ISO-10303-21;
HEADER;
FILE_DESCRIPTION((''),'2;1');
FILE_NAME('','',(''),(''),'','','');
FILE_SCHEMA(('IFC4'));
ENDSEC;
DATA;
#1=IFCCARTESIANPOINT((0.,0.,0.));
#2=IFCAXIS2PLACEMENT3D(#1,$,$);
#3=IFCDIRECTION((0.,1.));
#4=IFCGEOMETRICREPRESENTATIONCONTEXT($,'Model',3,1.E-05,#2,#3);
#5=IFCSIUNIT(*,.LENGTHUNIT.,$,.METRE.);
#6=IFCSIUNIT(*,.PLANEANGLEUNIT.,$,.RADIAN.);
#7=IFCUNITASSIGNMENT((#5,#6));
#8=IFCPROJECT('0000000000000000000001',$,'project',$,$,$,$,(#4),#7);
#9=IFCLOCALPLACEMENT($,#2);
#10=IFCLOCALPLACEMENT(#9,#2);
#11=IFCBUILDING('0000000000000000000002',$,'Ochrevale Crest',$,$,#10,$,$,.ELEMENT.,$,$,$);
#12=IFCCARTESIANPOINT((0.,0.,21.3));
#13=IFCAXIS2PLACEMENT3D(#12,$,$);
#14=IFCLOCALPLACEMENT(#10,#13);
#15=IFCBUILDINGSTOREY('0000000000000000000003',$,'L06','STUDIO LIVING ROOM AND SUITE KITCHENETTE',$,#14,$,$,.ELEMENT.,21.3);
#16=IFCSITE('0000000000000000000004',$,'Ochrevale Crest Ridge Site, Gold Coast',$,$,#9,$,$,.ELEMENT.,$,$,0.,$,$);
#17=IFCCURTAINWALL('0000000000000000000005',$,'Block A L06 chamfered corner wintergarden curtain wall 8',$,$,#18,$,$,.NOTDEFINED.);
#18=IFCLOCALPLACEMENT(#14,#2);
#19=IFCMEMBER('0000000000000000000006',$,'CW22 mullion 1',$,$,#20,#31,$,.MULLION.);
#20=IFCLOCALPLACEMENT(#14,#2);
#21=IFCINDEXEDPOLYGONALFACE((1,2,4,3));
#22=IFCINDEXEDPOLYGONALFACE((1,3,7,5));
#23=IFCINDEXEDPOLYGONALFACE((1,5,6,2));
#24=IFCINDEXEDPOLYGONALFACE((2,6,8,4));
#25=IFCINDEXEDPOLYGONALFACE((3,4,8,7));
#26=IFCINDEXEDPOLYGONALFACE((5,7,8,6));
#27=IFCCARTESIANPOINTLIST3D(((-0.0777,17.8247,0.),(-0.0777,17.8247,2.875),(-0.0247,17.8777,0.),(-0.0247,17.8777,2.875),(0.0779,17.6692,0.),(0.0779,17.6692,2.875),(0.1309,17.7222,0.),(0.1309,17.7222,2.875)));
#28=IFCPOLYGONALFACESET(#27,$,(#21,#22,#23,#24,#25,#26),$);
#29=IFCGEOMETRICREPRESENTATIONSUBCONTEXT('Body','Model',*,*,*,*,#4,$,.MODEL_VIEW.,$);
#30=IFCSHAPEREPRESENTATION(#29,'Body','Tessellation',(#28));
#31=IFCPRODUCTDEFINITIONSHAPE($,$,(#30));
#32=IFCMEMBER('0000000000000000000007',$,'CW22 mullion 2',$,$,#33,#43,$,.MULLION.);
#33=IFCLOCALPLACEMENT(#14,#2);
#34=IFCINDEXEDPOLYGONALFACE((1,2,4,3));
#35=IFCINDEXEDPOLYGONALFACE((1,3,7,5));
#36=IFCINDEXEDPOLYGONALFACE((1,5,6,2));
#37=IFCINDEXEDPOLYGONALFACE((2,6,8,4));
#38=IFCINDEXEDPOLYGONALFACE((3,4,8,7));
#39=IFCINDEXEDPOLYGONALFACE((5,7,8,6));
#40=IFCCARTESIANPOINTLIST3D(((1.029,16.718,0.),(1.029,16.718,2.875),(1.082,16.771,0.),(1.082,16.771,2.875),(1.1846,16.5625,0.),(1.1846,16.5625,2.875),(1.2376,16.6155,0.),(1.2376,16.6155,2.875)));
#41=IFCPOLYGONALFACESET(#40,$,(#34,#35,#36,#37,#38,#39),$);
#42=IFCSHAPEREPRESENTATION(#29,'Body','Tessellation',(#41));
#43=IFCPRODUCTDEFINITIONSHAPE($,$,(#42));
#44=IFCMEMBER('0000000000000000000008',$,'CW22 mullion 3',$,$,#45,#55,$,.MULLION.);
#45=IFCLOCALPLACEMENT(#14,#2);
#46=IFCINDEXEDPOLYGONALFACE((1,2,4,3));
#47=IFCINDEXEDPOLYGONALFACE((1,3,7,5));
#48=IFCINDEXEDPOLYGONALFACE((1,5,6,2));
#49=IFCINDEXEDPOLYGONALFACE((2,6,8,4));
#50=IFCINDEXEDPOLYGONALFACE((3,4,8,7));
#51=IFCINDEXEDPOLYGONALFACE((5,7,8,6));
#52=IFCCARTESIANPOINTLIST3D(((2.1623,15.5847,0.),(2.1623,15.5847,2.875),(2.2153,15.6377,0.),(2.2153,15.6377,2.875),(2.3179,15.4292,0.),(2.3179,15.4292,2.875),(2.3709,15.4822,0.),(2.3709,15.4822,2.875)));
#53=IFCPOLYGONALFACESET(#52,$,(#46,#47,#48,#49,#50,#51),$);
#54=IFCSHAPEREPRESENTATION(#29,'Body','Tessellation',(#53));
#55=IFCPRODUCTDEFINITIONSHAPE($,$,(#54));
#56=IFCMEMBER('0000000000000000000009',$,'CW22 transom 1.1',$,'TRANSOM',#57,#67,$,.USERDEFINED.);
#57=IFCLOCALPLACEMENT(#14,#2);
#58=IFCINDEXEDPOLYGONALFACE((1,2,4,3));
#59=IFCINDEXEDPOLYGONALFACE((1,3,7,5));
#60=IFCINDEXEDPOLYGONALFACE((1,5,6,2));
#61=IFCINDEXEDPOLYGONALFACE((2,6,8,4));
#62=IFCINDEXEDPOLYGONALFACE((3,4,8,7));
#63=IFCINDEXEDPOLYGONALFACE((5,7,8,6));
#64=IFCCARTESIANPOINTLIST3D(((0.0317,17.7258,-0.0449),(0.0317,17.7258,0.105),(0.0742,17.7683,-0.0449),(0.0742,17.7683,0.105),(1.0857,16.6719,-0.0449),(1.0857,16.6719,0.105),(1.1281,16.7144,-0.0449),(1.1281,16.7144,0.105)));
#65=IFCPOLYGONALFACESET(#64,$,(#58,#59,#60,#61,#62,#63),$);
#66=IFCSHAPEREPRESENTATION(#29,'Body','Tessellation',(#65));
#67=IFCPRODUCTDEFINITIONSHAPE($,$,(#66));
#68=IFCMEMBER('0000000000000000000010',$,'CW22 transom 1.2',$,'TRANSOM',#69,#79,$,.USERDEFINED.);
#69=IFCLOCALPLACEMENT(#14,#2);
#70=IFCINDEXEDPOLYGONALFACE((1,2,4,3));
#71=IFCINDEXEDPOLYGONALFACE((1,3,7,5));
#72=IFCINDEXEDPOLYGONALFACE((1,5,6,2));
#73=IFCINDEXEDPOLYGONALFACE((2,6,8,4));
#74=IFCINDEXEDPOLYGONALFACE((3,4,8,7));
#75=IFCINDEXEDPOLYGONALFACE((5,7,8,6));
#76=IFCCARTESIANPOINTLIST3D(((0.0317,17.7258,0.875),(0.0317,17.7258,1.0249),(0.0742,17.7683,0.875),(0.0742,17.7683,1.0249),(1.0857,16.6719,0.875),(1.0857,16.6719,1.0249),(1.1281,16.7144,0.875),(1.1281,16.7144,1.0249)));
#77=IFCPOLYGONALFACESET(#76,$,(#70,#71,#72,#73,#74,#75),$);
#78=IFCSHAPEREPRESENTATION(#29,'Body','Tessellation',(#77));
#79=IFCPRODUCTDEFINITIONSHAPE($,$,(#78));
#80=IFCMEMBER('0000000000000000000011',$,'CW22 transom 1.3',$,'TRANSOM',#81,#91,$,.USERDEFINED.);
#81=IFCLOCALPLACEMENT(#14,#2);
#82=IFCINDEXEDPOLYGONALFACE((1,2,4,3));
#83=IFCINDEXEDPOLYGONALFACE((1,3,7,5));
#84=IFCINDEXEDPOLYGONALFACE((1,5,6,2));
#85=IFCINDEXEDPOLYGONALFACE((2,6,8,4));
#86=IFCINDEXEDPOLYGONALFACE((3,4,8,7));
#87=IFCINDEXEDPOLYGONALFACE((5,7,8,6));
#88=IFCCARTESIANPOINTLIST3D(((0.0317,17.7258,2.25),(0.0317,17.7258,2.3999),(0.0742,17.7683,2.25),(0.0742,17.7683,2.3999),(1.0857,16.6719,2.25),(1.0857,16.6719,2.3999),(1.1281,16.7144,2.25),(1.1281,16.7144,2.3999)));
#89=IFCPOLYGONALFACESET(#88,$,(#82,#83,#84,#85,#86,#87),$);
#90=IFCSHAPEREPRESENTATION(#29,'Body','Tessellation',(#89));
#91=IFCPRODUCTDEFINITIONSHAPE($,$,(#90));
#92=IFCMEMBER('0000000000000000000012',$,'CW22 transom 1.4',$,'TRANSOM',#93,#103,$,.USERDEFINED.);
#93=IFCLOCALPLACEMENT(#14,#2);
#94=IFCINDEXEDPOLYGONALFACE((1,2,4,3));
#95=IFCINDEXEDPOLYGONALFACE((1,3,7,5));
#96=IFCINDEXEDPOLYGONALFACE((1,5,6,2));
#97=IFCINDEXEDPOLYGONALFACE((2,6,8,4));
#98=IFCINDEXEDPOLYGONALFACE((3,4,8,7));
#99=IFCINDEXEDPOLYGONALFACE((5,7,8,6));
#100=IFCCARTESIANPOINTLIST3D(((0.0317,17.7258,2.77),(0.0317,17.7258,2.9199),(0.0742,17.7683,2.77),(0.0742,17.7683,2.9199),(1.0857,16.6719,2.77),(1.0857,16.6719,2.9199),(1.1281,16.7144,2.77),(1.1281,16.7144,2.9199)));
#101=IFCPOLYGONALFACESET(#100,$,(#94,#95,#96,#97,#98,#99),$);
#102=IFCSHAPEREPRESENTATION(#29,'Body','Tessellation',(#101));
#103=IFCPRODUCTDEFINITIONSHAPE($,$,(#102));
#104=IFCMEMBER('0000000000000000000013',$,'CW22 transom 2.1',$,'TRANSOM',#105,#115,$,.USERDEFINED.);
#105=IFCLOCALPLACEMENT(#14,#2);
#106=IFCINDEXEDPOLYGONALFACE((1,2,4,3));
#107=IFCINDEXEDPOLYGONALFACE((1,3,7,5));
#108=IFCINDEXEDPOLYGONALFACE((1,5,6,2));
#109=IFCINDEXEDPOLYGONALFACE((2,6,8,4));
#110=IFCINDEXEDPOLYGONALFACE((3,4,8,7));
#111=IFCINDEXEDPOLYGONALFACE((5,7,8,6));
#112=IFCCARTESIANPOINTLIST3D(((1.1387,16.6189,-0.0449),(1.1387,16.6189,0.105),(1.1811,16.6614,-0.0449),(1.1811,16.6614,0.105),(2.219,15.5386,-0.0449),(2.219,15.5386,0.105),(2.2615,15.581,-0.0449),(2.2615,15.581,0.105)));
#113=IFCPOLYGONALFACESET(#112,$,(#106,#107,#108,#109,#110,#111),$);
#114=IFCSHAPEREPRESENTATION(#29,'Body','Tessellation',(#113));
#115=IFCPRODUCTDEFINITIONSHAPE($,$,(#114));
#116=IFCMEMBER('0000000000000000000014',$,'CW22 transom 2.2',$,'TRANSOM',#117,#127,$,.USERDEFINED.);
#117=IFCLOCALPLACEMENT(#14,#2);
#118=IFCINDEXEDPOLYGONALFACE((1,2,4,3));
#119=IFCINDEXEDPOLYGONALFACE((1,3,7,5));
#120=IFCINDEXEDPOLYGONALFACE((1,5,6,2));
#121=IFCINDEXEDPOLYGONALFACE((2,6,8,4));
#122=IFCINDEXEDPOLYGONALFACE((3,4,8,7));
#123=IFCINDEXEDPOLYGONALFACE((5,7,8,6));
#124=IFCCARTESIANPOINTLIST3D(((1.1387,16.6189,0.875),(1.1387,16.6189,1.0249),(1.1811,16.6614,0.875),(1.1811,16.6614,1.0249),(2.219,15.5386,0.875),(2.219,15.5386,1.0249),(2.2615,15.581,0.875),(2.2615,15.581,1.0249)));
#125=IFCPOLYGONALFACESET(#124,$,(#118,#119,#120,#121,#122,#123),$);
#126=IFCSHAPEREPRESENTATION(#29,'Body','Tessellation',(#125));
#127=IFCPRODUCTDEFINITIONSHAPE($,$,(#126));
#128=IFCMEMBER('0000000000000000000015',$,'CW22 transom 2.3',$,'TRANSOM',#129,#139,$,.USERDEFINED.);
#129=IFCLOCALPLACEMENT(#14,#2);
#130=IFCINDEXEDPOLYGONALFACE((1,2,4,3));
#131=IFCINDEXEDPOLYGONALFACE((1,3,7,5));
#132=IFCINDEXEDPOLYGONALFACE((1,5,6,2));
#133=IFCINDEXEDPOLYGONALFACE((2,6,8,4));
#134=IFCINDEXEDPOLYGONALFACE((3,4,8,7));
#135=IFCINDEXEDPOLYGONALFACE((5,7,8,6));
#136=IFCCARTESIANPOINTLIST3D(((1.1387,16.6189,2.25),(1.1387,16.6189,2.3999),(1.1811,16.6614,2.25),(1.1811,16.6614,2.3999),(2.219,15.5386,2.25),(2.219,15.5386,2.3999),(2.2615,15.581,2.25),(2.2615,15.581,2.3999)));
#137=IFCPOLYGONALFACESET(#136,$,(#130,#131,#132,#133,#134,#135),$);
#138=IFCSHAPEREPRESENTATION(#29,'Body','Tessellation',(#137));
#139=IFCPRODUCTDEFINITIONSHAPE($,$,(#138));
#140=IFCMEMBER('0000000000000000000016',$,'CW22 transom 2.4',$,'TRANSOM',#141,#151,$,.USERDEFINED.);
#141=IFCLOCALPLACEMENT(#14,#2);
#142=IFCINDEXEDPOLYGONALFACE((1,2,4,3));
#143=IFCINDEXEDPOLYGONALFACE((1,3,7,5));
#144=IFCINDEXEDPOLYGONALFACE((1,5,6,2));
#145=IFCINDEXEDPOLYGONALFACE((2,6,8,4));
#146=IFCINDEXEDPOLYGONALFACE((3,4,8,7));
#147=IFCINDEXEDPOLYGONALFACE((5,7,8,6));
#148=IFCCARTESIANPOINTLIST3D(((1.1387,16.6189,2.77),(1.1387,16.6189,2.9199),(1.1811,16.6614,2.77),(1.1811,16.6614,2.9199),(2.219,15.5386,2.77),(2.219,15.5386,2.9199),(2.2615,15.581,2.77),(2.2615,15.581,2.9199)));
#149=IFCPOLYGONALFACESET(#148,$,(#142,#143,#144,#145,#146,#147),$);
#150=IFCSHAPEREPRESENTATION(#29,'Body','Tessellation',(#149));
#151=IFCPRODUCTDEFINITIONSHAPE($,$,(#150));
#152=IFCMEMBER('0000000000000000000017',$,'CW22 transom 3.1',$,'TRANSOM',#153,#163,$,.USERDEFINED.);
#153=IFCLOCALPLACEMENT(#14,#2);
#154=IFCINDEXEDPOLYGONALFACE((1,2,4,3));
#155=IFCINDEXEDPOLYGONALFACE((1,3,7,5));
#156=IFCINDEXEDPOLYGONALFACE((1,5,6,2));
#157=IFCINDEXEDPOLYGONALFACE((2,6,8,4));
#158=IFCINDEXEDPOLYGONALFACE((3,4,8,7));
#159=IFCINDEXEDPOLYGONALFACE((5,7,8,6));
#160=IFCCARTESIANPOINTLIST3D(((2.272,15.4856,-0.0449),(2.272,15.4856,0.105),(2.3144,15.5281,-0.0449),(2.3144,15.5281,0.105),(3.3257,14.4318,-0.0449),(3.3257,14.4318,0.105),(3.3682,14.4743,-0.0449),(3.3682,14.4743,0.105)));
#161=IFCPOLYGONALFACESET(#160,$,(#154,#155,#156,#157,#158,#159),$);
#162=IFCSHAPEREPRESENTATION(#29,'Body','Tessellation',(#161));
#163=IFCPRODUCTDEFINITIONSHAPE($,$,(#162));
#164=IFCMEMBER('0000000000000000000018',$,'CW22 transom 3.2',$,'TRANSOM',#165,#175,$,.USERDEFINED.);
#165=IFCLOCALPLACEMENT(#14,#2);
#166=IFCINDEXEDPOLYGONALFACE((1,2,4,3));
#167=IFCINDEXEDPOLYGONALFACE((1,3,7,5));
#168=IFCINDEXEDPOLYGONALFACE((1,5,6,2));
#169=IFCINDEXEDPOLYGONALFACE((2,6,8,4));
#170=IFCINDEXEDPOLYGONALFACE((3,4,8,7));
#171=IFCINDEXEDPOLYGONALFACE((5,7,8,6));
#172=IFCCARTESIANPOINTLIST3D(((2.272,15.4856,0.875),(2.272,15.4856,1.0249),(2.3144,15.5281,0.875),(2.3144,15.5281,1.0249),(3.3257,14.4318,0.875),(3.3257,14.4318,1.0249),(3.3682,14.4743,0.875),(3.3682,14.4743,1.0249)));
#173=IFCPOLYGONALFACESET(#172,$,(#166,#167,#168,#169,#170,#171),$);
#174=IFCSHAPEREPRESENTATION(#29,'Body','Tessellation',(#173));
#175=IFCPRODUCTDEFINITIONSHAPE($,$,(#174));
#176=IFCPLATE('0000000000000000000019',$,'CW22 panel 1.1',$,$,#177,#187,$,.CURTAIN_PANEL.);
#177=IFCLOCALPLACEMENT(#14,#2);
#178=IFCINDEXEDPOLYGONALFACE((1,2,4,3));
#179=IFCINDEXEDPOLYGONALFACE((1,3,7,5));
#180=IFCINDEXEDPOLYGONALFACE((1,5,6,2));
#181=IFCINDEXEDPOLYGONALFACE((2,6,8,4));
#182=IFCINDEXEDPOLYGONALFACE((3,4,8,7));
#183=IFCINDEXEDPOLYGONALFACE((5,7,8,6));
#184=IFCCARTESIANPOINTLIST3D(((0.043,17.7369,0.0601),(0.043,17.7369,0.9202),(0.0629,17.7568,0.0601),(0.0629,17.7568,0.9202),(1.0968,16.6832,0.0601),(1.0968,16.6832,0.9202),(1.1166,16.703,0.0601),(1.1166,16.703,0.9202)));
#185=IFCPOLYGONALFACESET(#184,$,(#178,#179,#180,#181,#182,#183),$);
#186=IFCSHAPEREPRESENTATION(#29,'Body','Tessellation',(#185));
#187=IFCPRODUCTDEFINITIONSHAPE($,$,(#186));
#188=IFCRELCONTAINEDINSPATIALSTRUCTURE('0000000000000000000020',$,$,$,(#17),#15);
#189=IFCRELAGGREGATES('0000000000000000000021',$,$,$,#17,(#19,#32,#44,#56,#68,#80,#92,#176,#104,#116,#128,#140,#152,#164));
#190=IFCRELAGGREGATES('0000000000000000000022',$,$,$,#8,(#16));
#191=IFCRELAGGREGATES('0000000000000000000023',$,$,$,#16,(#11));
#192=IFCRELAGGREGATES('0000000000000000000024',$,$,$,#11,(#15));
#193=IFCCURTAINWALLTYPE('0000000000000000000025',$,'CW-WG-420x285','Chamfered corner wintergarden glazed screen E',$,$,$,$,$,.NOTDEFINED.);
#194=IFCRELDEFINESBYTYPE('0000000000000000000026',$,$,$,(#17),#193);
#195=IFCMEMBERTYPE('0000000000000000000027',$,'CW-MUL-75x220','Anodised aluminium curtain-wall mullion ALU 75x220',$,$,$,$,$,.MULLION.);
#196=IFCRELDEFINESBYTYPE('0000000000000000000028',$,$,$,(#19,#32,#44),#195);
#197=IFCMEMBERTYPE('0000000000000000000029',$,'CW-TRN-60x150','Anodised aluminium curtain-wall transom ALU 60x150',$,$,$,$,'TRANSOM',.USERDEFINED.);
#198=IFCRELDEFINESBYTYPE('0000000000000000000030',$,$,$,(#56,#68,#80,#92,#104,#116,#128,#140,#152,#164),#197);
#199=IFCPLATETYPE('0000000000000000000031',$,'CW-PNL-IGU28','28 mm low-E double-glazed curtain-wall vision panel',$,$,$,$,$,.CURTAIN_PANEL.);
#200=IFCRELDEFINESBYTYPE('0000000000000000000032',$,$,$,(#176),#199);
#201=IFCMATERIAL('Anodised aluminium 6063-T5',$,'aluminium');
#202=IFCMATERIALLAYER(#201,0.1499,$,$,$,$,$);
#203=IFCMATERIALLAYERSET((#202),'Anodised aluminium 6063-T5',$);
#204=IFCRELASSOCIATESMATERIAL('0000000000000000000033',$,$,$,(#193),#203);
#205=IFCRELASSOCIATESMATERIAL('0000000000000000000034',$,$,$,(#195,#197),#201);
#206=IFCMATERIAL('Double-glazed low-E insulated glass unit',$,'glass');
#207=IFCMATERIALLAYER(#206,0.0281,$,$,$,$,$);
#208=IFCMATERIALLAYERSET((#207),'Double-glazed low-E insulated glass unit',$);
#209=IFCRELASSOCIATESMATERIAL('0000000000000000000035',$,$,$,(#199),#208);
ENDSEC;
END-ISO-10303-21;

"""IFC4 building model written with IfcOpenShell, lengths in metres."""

from ifc_helpers import new_model, si_unit, direction, frame, origin, origin_2d, place, context, subcontext, project, spatial, rectangle, extrude, material, layer, layer_set, material_profile, profile_set, type_object, element, aggregate, save


model = new_model("IFC4")

# Units and contexts
model_context = context("Model", 3, precision=1e-05, world=origin(), true_north=direction((0.0, 1.0)))
body_context = subcontext(model_context, "Body", "Model", "MODEL_VIEW")
ifc_project = project(units=[si_unit("LENGTHUNIT", "METRE"), si_unit("PLANEANGLEUNIT", "RADIAN")], contexts=[model_context])

# Site, building, storey
site_placement = place(None, origin())
site = spatial("IfcSite", under=ifc_project, at=site_placement, Name="Ochrevale Crest Ridge Site, Gold Coast", CompositionType="ELEMENT", RefElevation=0.0)
building_placement = place(site_placement, origin())
building = spatial("IfcBuilding", under=site, at=building_placement, Name="Ochrevale Crest", CompositionType="ELEMENT")
storey_placement = place(building_placement, frame((0.0, 0.0, 21.3)))
storey = spatial("IfcBuildingStorey", under=building, at=storey_placement, Name="L06", Description="STUDIO LIVING ROOM AND SUITE KITCHENETTE", CompositionType="ELEMENT", Elevation=21.3)

# Curtain wall, members, plate
ifc_material_1 = material(Name="Anodised aluminium 6063-T5", Category="aluminium")
ifc_layer_1 = layer(ifc_material_1, 0.1499)
ifc_layer_set_1 = layer_set([ifc_layer_1], Name="Anodised aluminium 6063-T5")
curtain_wall_type = type_object("IfcCurtainWallType", Name="CW-WG-420x285", Description="Chamfered corner wintergarden glazed screen E", PredefinedType="NOTDEFINED", material=ifc_layer_set_1)
curtain_wall_placement = place(storey_placement, origin())
curtain_wall = element("IfcCurtainWall", 1, at=curtain_wall_placement, inside=storey, type_object=curtain_wall_type, Name="Block A L06 chamfered corner wintergarden curtain wall 8", PredefinedType="NOTDEFINED")
ifc_material_profile_1 = material_profile(ifc_material_1, rectangle(XDim=0.075, YDim=0.22, at=origin_2d()), Name="ALU 75x220")
ifc_profile_set_1 = profile_set([ifc_material_profile_1], Name="Anodised aluminium 6063-T5")
member_type_1 = type_object("IfcMemberType", Name="CW-MUL-75x220", Description="Anodised aluminium curtain-wall mullion ALU 75x220", PredefinedType="MULLION", material=ifc_profile_set_1)
member_1_placement = place(storey_placement, frame((0.0266, 17.7734, 0.0), z_axis=(0.0, 0.0, 1.0), x_axis=(0.707107, 0.707107, 0.0)))
member_1 = element("IfcMember", 2, at=member_1_placement, type_object=member_type_1, Name="CW22 mullion 1", PredefinedType="MULLION", context=body_context, shape_type="SweptSolid", body=[
    extrude(rectangle(XDim=0.075, YDim=0.22, at=origin_2d()), origin(), (0.0, 0.0, 1.0), 2.875),
])
member_2_placement = place(storey_placement, frame((1.1333, 16.6667, 0.0), z_axis=(0.0, 0.0, 1.0), x_axis=(0.707107, 0.707107, 0.0)))
member_2 = element("IfcMember", 3, at=member_2_placement, type_object=member_type_1, Name="CW22 mullion 2", PredefinedType="MULLION", context=body_context, shape_type="SweptSolid", body=[
    extrude(rectangle(XDim=0.075, YDim=0.22, at=origin_2d()), origin(), (0.0, 0.0, 1.0), 2.875),
])
member_3_placement = place(storey_placement, frame((2.2666, 15.5334, 0.0), z_axis=(0.0, 0.0, 1.0), x_axis=(0.707107, 0.707107, 0.0)))
member_3 = element("IfcMember", 4, at=member_3_placement, type_object=member_type_1, Name="CW22 mullion 3", PredefinedType="MULLION", context=body_context, shape_type="SweptSolid", body=[
    extrude(rectangle(XDim=0.075, YDim=0.22, at=origin_2d()), origin(), (0.0, 0.0, 1.0), 2.875),
])
ifc_material_profile_2 = material_profile(ifc_material_1, rectangle(XDim=0.0601, YDim=0.1499, at=origin_2d()), Name="ALU 60x150")
ifc_profile_set_2 = profile_set([ifc_material_profile_2], Name="Anodised aluminium 6063-T5")
member_type_2 = type_object("IfcMemberType", Name="CW-TRN-60x150", Description="Anodised aluminium curtain-wall transom ALU 60x150", ElementType="TRANSOM", PredefinedType="USERDEFINED", material=ifc_profile_set_2)
member_4_placement = place(storey_placement, frame((0.053, 17.7471, 0.03), z_axis=(0.707107, -0.707107, 0.0), x_axis=(0.707107, 0.707107, 0.0)))
member_4 = element("IfcMember", 5, at=member_4_placement, type_object=member_type_2, Name="CW22 transom 1.1", ObjectType="TRANSOM", PredefinedType="USERDEFINED", context=body_context, shape_type="SweptSolid", body=[
    extrude(rectangle(XDim=0.0601, YDim=0.1499, at=origin_2d()), origin(), (0.0, 0.0, 1.0), 1.4905),
])
member_5_placement = place(storey_placement, frame((0.053, 17.7471, 0.95), z_axis=(0.707107, -0.707107, 0.0), x_axis=(0.707107, 0.707107, 0.0)))
member_5 = element("IfcMember", 6, at=member_5_placement, type_object=member_type_2, Name="CW22 transom 1.2", ObjectType="TRANSOM", PredefinedType="USERDEFINED", context=body_context, shape_type="SweptSolid", body=[
    extrude(rectangle(XDim=0.0601, YDim=0.1499, at=origin_2d()), origin(), (0.0, 0.0, 1.0), 1.4905),
])
member_6_placement = place(storey_placement, frame((0.053, 17.7471, 2.325), z_axis=(0.707107, -0.707107, 0.0), x_axis=(0.707107, 0.707107, 0.0)))
member_6 = element("IfcMember", 7, at=member_6_placement, type_object=member_type_2, Name="CW22 transom 1.3", ObjectType="TRANSOM", PredefinedType="USERDEFINED", context=body_context, shape_type="SweptSolid", body=[
    extrude(rectangle(XDim=0.0601, YDim=0.1499, at=origin_2d()), origin(), (0.0, 0.0, 1.0), 1.4905),
])
member_7_placement = place(storey_placement, frame((0.053, 17.7471, 2.845), z_axis=(0.707107, -0.707107, 0.0), x_axis=(0.707107, 0.707107, 0.0)))
member_7 = element("IfcMember", 8, at=member_7_placement, type_object=member_type_2, Name="CW22 transom 1.4", ObjectType="TRANSOM", PredefinedType="USERDEFINED", context=body_context, shape_type="SweptSolid", body=[
    extrude(rectangle(XDim=0.0601, YDim=0.1499, at=origin_2d()), origin(), (0.0, 0.0, 1.0), 1.4905),
])
member_8_placement = place(storey_placement, frame((1.1599, 16.6401, 0.03), z_axis=(0.707107, -0.707107, 0.0), x_axis=(0.707107, 0.707107, 0.0)))
member_8 = element("IfcMember", 9, at=member_8_placement, type_object=member_type_2, Name="CW22 transom 2.1", ObjectType="TRANSOM", PredefinedType="USERDEFINED", context=body_context, shape_type="SweptSolid", body=[
    extrude(rectangle(XDim=0.0601, YDim=0.1499, at=origin_2d()), origin(), (0.0, 0.0, 1.0), 1.5278),
])
member_9_placement = place(storey_placement, frame((1.1599, 16.6401, 0.95), z_axis=(0.707107, -0.707107, 0.0), x_axis=(0.707107, 0.707107, 0.0)))
member_9 = element("IfcMember", 10, at=member_9_placement, type_object=member_type_2, Name="CW22 transom 2.2", ObjectType="TRANSOM", PredefinedType="USERDEFINED", context=body_context, shape_type="SweptSolid", body=[
    extrude(rectangle(XDim=0.0601, YDim=0.1499, at=origin_2d()), origin(), (0.0, 0.0, 1.0), 1.5278),
])
member_10_placement = place(storey_placement, frame((1.1599, 16.6401, 2.325), z_axis=(0.707107, -0.707107, 0.0), x_axis=(0.707107, 0.707107, 0.0)))
member_10 = element("IfcMember", 11, at=member_10_placement, type_object=member_type_2, Name="CW22 transom 2.3", ObjectType="TRANSOM", PredefinedType="USERDEFINED", context=body_context, shape_type="SweptSolid", body=[
    extrude(rectangle(XDim=0.0601, YDim=0.1499, at=origin_2d()), origin(), (0.0, 0.0, 1.0), 1.5278),
])
member_11_placement = place(storey_placement, frame((1.1599, 16.6401, 2.845), z_axis=(0.707107, -0.707107, 0.0), x_axis=(0.707107, 0.707107, 0.0)))
member_11 = element("IfcMember", 12, at=member_11_placement, type_object=member_type_2, Name="CW22 transom 2.4", ObjectType="TRANSOM", PredefinedType="USERDEFINED", context=body_context, shape_type="SweptSolid", body=[
    extrude(rectangle(XDim=0.0601, YDim=0.1499, at=origin_2d()), origin(), (0.0, 0.0, 1.0), 1.5278),
])
member_12_placement = place(storey_placement, frame((2.2932, 15.5068, 0.03), z_axis=(0.707107, -0.707107, 0.0), x_axis=(0.707107, 0.707107, 0.0)))
member_12 = element("IfcMember", 13, at=member_12_placement, type_object=member_type_2, Name="CW22 transom 3.1", ObjectType="TRANSOM", PredefinedType="USERDEFINED", context=body_context, shape_type="SweptSolid", body=[
    extrude(rectangle(XDim=0.0601, YDim=0.1499, at=origin_2d()), origin(), (0.0, 0.0, 1.0), 1.4902),
])
member_13_placement = place(storey_placement, frame((2.2932, 15.5068, 0.95), z_axis=(0.707107, -0.707107, 0.0), x_axis=(0.707107, 0.707107, 0.0)))
member_13 = element("IfcMember", 14, at=member_13_placement, type_object=member_type_2, Name="CW22 transom 3.2", ObjectType="TRANSOM", PredefinedType="USERDEFINED", context=body_context, shape_type="SweptSolid", body=[
    extrude(rectangle(XDim=0.0601, YDim=0.1499, at=origin_2d()), origin(), (0.0, 0.0, 1.0), 1.4902),
])
ifc_material_2 = material(Name="Double-glazed low-E insulated glass unit", Category="glass")
ifc_layer_2 = layer(ifc_material_2, 0.0281)
ifc_layer_set_2 = layer_set([ifc_layer_2], Name="Double-glazed low-E insulated glass unit")
plate_type = type_object("IfcPlateType", Name="CW-PNL-IGU28", Description="28 mm low-E double-glazed curtain-wall vision panel", PredefinedType="CURTAIN_PANEL", material=ifc_layer_set_2)
plate_1_placement = place(storey_placement, frame((0.5798, 17.22, 0.0601), z_axis=(0.0, 0.0, 1.0), x_axis=(0.707107, -0.707107, 0.0)))
plate_1 = element("IfcPlate", 15, at=plate_1_placement, type_object=plate_type, Name="CW22 panel 1.1", PredefinedType="CURTAIN_PANEL", context=body_context, shape_type="SweptSolid", body=[
    extrude(rectangle(XDim=1.4902, YDim=0.0281, at=origin_2d()), origin(), (0.0, 0.0, 1.0), 0.8601),
])
aggregate(curtain_wall, [member_1, member_2, member_3, member_4, member_5, member_6, member_7, plate_1, member_8, member_9, member_10, member_11, member_12, member_13])

save(model, "model.ifc")
